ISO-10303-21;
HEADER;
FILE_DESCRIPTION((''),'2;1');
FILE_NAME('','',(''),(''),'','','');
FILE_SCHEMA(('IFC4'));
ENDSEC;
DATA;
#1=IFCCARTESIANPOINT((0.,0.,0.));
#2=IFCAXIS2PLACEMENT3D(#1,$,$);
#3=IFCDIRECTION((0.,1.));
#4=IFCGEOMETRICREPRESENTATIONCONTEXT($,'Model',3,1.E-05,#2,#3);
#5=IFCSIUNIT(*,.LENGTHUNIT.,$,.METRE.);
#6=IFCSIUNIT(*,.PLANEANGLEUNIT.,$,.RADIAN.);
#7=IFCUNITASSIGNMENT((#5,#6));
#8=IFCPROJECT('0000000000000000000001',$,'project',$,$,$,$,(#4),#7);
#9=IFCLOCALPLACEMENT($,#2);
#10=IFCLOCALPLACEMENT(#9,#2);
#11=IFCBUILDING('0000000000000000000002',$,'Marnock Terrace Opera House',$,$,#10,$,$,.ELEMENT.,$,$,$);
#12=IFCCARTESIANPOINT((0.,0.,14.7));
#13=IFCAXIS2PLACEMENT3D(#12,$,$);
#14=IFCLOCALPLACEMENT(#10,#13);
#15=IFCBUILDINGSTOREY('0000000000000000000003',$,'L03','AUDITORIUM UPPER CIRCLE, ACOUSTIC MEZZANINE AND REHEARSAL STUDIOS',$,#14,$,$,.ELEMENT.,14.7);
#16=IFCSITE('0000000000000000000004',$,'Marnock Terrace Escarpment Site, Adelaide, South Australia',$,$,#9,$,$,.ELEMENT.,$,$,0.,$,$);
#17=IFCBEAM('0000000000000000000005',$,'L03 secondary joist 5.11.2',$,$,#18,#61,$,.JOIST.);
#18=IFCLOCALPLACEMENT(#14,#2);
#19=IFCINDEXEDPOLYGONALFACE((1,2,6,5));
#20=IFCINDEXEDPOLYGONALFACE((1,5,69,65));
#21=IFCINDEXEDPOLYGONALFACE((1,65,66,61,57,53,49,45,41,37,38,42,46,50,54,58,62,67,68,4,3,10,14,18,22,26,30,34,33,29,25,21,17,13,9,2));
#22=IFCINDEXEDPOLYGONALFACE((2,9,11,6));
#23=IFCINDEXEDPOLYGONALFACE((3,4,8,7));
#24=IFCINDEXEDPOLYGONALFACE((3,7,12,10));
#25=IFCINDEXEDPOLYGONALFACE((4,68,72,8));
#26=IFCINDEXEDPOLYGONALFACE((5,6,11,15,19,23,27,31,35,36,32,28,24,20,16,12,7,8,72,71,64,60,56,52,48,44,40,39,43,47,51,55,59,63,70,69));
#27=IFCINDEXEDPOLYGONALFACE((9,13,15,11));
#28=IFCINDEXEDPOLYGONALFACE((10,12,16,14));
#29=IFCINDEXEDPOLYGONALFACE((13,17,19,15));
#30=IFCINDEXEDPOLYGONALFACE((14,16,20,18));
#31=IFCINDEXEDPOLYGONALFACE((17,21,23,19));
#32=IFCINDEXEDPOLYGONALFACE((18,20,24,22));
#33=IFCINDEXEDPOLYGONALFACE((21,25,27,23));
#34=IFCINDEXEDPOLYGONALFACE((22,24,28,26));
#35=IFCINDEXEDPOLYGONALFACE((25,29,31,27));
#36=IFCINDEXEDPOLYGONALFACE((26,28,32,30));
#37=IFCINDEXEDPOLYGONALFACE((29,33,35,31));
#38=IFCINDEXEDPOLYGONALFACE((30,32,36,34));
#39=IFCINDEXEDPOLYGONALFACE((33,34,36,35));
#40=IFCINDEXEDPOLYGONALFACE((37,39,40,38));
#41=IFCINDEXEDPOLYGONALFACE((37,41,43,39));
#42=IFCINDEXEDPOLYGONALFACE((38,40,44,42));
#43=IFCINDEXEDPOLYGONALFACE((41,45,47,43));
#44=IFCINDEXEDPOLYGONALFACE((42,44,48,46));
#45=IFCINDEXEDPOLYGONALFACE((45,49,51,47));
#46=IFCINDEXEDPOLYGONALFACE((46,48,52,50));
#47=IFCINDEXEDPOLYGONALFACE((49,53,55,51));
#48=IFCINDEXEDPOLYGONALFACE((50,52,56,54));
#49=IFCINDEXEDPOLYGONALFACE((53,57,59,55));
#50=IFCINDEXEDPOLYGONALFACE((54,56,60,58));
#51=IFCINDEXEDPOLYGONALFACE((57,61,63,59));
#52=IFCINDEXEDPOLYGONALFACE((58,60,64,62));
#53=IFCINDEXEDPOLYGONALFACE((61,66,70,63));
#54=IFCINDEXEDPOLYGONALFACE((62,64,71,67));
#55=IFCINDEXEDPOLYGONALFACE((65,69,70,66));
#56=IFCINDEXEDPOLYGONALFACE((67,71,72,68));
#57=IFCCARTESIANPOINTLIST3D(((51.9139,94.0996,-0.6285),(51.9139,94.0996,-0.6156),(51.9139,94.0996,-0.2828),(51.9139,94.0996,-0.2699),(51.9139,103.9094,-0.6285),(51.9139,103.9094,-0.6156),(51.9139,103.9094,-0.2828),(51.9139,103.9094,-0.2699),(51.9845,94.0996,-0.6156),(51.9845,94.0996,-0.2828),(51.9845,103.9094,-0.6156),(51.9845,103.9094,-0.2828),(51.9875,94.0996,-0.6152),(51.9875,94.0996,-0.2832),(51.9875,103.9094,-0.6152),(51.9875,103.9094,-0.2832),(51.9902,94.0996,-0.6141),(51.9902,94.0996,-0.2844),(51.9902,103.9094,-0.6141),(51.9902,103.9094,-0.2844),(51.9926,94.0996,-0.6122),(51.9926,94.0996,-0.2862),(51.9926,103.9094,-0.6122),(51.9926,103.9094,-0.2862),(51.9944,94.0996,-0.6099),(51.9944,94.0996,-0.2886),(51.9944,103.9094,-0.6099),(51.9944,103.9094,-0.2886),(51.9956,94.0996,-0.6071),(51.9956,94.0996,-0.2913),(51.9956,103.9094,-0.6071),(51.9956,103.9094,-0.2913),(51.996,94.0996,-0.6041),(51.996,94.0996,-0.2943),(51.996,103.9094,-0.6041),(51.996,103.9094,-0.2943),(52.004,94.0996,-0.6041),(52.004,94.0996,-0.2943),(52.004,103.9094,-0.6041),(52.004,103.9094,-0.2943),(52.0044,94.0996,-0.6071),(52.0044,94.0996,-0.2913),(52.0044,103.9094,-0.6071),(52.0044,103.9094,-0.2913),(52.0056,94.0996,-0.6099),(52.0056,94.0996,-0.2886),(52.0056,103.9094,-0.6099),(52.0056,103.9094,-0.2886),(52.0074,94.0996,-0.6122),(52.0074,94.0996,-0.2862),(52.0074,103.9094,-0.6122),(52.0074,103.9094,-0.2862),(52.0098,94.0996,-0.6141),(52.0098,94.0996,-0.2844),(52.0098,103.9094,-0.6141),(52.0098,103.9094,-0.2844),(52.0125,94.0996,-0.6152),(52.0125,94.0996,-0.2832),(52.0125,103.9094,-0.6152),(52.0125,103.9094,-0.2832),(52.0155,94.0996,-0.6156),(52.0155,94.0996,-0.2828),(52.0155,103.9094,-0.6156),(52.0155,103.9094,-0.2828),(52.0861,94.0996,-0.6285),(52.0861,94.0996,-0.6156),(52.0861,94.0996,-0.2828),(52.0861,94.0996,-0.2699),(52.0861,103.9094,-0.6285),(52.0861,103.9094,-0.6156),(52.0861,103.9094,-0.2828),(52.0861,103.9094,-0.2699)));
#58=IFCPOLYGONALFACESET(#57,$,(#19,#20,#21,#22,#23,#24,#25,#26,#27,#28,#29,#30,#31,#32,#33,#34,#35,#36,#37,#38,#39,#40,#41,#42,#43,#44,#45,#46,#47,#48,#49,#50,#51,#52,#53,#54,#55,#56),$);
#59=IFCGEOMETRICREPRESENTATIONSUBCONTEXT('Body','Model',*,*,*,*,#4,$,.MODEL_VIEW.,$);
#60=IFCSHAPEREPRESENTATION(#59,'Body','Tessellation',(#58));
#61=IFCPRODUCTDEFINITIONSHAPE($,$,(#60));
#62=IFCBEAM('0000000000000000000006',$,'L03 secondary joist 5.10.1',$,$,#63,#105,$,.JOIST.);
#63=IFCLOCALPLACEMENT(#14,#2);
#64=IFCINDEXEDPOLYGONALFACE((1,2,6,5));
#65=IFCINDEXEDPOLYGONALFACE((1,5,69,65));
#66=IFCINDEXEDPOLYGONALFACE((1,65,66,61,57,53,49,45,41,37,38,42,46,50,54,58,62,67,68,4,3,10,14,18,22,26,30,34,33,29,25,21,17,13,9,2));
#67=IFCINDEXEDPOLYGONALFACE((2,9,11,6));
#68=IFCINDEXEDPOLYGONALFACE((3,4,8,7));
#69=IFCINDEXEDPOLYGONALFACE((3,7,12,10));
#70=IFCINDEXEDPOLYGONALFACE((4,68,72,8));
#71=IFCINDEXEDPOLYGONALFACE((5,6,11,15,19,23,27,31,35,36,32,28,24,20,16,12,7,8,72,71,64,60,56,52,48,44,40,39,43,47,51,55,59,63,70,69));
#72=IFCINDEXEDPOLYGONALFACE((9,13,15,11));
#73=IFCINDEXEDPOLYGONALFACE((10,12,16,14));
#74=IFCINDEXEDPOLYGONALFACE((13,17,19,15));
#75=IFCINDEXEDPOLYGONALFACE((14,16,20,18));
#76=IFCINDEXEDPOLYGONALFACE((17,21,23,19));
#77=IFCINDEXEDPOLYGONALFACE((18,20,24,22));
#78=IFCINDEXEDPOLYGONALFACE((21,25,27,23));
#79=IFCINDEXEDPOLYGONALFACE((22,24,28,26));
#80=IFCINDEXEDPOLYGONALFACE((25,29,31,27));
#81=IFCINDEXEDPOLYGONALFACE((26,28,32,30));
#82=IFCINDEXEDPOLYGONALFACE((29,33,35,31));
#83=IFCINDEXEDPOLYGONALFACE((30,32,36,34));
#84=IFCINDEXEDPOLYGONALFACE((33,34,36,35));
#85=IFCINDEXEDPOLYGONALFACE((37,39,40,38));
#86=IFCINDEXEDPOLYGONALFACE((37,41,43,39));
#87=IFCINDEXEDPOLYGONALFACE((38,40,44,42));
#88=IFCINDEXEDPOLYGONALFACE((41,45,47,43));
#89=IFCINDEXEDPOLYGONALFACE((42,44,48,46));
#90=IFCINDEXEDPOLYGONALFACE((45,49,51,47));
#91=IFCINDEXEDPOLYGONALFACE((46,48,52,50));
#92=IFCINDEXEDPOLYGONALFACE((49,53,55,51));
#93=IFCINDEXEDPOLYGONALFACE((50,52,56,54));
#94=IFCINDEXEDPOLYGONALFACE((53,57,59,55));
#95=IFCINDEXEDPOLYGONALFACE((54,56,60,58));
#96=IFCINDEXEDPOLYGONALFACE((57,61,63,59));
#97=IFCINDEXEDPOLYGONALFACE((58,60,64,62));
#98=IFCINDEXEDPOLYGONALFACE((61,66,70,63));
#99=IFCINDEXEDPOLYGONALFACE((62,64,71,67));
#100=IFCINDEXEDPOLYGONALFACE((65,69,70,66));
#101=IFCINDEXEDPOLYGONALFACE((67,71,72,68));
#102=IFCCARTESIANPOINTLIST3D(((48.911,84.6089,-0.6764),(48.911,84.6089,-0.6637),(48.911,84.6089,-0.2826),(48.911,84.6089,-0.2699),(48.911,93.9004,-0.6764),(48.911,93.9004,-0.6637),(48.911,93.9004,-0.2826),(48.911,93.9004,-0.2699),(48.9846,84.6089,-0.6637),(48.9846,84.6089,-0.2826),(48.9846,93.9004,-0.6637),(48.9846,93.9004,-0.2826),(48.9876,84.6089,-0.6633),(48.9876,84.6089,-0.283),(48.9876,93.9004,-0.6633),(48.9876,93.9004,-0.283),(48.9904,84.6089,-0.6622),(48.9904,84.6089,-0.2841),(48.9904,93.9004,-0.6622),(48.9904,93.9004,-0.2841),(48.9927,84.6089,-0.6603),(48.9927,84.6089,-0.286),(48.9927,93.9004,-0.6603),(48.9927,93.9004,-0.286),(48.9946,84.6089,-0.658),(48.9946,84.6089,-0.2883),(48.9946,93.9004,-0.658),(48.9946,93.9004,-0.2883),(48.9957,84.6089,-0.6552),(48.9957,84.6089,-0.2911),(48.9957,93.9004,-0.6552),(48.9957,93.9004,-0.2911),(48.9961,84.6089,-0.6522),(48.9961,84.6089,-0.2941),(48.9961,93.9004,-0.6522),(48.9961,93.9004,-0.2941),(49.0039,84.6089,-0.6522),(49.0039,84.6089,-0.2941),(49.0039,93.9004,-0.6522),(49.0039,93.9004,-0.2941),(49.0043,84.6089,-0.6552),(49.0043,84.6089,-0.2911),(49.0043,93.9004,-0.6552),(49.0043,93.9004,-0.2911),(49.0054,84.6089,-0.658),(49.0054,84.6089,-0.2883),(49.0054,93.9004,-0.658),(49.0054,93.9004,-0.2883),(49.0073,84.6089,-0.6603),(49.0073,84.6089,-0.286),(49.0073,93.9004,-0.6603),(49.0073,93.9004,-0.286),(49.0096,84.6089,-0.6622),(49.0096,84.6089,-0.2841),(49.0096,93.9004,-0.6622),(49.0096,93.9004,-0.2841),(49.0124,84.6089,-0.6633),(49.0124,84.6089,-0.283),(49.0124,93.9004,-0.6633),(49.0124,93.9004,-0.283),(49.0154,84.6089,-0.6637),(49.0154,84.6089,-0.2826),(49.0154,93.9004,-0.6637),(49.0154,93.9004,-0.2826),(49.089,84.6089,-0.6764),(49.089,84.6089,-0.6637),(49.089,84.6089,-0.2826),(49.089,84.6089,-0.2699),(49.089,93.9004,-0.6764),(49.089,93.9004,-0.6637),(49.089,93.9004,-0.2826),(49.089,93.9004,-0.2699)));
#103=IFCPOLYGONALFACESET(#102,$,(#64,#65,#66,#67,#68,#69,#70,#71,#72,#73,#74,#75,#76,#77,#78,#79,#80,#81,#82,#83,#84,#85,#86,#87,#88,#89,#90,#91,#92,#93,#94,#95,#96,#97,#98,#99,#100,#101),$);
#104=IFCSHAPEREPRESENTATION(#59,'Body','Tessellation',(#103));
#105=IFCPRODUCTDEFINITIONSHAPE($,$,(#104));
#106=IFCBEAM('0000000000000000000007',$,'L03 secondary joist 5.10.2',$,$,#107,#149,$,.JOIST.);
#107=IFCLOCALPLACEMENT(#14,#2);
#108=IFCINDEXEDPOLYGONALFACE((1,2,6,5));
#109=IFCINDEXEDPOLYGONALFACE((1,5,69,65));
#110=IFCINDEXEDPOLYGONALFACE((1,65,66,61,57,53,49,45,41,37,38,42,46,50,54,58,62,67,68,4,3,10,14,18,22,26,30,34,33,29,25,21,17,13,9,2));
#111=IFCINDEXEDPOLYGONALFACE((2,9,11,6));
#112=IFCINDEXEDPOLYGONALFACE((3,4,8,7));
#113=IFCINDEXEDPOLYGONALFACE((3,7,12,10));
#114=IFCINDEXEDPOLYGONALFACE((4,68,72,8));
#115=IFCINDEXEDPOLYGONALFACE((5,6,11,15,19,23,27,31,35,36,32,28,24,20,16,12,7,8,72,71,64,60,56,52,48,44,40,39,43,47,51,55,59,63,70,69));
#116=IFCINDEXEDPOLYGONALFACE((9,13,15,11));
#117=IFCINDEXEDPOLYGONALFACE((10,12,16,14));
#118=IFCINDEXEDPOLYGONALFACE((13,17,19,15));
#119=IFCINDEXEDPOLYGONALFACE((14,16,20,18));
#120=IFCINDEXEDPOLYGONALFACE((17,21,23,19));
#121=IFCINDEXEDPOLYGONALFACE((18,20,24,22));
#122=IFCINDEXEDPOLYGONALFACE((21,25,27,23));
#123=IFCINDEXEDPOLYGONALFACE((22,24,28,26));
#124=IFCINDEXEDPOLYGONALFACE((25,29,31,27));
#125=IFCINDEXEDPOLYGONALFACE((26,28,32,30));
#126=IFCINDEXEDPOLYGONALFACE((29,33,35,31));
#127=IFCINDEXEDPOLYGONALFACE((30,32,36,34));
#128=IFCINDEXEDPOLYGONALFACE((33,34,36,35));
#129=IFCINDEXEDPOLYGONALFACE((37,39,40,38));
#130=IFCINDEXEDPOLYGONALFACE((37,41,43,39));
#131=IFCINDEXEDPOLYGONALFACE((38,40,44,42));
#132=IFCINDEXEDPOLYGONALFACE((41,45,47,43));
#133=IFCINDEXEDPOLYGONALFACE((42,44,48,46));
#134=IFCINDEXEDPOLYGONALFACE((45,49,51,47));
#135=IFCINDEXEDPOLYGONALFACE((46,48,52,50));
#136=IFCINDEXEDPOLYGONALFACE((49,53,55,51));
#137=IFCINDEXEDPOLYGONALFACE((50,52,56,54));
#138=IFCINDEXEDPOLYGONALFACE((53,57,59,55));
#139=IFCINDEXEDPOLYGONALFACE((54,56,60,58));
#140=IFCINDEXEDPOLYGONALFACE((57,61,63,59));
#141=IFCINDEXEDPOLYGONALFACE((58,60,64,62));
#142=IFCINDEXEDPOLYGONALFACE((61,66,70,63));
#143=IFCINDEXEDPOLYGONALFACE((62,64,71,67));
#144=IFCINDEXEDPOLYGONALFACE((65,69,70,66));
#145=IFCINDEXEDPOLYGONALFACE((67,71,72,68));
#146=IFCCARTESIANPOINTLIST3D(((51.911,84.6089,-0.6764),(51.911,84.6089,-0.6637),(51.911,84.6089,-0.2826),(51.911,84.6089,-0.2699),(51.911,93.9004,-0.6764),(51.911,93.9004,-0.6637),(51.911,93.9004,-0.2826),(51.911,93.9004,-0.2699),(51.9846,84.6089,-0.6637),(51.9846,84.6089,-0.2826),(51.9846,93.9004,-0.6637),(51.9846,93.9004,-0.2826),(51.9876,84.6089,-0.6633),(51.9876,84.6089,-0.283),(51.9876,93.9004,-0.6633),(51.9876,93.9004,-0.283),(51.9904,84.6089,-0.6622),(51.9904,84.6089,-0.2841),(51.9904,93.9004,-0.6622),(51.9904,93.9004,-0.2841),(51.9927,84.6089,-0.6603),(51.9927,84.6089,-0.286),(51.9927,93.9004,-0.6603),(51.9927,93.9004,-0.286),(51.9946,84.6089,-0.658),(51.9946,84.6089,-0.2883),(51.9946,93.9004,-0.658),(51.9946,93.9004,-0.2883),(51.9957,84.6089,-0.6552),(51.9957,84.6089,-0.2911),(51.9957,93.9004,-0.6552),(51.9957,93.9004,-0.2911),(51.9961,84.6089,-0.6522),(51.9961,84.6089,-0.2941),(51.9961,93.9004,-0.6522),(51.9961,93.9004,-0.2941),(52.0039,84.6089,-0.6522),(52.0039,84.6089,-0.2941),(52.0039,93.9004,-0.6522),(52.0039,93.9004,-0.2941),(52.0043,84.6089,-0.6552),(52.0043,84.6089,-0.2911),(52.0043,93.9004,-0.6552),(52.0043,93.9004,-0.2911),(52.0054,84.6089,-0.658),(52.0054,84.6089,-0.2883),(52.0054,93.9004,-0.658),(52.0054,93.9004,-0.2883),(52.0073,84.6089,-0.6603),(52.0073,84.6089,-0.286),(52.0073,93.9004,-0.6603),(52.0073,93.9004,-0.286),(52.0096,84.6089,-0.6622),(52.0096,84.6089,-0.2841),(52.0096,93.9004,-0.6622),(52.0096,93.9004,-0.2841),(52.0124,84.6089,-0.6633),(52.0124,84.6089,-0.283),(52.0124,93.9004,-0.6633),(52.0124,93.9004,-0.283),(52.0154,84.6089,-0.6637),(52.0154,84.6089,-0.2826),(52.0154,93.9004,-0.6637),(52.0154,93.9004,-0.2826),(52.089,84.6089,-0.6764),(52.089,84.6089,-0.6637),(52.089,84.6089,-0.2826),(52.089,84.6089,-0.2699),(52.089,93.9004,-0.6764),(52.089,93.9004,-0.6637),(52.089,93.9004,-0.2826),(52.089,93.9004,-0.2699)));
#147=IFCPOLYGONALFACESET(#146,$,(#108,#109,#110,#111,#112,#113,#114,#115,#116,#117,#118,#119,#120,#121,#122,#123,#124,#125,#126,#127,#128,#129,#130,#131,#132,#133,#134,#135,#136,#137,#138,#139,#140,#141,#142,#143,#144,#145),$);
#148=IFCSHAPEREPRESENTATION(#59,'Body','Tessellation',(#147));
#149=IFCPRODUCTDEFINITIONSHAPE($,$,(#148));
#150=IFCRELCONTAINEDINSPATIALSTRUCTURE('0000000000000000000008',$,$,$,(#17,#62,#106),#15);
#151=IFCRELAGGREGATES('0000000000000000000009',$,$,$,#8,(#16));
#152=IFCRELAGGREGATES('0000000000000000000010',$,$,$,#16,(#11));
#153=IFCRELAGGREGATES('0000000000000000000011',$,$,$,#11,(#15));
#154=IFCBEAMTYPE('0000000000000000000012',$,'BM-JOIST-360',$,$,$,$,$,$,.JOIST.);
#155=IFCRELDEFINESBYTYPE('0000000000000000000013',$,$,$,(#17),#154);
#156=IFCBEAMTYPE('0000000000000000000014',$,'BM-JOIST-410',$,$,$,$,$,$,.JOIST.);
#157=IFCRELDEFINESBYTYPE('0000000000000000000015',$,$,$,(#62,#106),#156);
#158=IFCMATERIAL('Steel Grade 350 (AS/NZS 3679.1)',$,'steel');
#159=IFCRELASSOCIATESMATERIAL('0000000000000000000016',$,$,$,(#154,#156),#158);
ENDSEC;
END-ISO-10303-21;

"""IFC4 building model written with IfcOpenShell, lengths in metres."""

from ifc_helpers import new_model, si_unit, direction, frame, origin, origin_2d, place, context, subcontext, project, spatial, i_section, extrude, material, material_profile, profile_set, type_object, element, save


model = new_model("IFC4")

# Units and contexts
model_context = context("Model", 3, precision=1e-05, world=origin(), true_north=direction((0.0, 1.0)))
body_context = subcontext(model_context, "Body", "Model", "MODEL_VIEW")
ifc_project = project(units=[si_unit("LENGTHUNIT", "METRE"), si_unit("PLANEANGLEUNIT", "RADIAN")], contexts=[model_context])

# Site, building, storey
site_placement = place(None, origin())
site = spatial("IfcSite", under=ifc_project, at=site_placement, Name="Marnock Terrace Escarpment Site, Adelaide, South Australia", CompositionType="ELEMENT", RefElevation=0.0)
building_placement = place(site_placement, origin())
building = spatial("IfcBuilding", under=site, at=building_placement, Name="Marnock Terrace Opera House", CompositionType="ELEMENT")
storey_placement = place(building_placement, frame((0.0, 0.0, 14.7)))
storey = spatial("IfcBuildingStorey", under=building, at=storey_placement, Name="L03", Description="AUDITORIUM UPPER CIRCLE, ACOUSTIC MEZZANINE AND REHEARSAL STUDIOS", CompositionType="ELEMENT", Elevation=14.7)

# Beams
ifc_material_1 = material(Name="Steel Grade 350 (AS/NZS 3679.1)", Category="steel")
ifc_material_profile_1 = material_profile(ifc_material_1, i_section(OverallWidth=0.1721, OverallDepth=0.3586, WebThickness=0.0081, FlangeThickness=0.0129, FilletRadius=0.0115, at=origin_2d()))
ifc_profile_set_1 = profile_set([ifc_material_profile_1], Name="Steel Grade 350 (AS/NZS 3679.1)")
beam_type_1 = type_object("IfcBeamType", Name="BM-JOIST-360", PredefinedType="JOIST", material=ifc_profile_set_1)
for number, where, z_axis, x_axis, name in (
    (1, (52.0, 94.0996, -0.4492), (0.0, 1.0, 0.0), (-1.0, 0.0, 0.0), "L03 secondary joist 5.11.2"),
):
    element("IfcBeam", number, at=place(storey_placement, frame(where, z_axis=z_axis, x_axis=x_axis)), inside=storey, type_object=beam_type_1, Name=name, PredefinedType="JOIST", context=body_context, shape_type="SweptSolid", body=[
        extrude(i_section(OverallWidth=0.1721, OverallDepth=0.3586, WebThickness=0.0081, FlangeThickness=0.0129, FilletRadius=0.0115, at=origin_2d()), origin(), (0.0, 0.0, 1.0), 9.8098),
    ])
ifc_material_profile_2 = material_profile(ifc_material_1, i_section(OverallWidth=0.178, OverallDepth=0.4065, WebThickness=0.0078, FlangeThickness=0.0127, FilletRadius=0.0115, at=origin_2d()))
ifc_profile_set_2 = profile_set([ifc_material_profile_2], Name="Steel Grade 350 (AS/NZS 3679.1)")
beam_type_2 = type_object("IfcBeamType", Name="BM-JOIST-410", PredefinedType="JOIST", material=ifc_profile_set_2)
for number, where, z_axis, x_axis, name in (
    (2, (49.0, 84.6089, -0.4731), (0.0, 1.0, 0.0), (-1.0, 0.0, 0.0), "L03 secondary joist 5.10.1"),
    (3, (52.0, 84.6089, -0.4731), (0.0, 1.0, 0.0), (-1.0, 0.0, 0.0), "L03 secondary joist 5.10.2"),
):
    element("IfcBeam", number, at=place(storey_placement, frame(where, z_axis=z_axis, x_axis=x_axis)), inside=storey, type_object=beam_type_2, Name=name, PredefinedType="JOIST", context=body_context, shape_type="SweptSolid", body=[
        extrude(i_section(OverallWidth=0.178, OverallDepth=0.4065, WebThickness=0.0078, FlangeThickness=0.0127, FilletRadius=0.0115, at=origin_2d()), origin(), (0.0, 0.0, 1.0), 9.2915),
    ])

save(model, "model.ifc")
